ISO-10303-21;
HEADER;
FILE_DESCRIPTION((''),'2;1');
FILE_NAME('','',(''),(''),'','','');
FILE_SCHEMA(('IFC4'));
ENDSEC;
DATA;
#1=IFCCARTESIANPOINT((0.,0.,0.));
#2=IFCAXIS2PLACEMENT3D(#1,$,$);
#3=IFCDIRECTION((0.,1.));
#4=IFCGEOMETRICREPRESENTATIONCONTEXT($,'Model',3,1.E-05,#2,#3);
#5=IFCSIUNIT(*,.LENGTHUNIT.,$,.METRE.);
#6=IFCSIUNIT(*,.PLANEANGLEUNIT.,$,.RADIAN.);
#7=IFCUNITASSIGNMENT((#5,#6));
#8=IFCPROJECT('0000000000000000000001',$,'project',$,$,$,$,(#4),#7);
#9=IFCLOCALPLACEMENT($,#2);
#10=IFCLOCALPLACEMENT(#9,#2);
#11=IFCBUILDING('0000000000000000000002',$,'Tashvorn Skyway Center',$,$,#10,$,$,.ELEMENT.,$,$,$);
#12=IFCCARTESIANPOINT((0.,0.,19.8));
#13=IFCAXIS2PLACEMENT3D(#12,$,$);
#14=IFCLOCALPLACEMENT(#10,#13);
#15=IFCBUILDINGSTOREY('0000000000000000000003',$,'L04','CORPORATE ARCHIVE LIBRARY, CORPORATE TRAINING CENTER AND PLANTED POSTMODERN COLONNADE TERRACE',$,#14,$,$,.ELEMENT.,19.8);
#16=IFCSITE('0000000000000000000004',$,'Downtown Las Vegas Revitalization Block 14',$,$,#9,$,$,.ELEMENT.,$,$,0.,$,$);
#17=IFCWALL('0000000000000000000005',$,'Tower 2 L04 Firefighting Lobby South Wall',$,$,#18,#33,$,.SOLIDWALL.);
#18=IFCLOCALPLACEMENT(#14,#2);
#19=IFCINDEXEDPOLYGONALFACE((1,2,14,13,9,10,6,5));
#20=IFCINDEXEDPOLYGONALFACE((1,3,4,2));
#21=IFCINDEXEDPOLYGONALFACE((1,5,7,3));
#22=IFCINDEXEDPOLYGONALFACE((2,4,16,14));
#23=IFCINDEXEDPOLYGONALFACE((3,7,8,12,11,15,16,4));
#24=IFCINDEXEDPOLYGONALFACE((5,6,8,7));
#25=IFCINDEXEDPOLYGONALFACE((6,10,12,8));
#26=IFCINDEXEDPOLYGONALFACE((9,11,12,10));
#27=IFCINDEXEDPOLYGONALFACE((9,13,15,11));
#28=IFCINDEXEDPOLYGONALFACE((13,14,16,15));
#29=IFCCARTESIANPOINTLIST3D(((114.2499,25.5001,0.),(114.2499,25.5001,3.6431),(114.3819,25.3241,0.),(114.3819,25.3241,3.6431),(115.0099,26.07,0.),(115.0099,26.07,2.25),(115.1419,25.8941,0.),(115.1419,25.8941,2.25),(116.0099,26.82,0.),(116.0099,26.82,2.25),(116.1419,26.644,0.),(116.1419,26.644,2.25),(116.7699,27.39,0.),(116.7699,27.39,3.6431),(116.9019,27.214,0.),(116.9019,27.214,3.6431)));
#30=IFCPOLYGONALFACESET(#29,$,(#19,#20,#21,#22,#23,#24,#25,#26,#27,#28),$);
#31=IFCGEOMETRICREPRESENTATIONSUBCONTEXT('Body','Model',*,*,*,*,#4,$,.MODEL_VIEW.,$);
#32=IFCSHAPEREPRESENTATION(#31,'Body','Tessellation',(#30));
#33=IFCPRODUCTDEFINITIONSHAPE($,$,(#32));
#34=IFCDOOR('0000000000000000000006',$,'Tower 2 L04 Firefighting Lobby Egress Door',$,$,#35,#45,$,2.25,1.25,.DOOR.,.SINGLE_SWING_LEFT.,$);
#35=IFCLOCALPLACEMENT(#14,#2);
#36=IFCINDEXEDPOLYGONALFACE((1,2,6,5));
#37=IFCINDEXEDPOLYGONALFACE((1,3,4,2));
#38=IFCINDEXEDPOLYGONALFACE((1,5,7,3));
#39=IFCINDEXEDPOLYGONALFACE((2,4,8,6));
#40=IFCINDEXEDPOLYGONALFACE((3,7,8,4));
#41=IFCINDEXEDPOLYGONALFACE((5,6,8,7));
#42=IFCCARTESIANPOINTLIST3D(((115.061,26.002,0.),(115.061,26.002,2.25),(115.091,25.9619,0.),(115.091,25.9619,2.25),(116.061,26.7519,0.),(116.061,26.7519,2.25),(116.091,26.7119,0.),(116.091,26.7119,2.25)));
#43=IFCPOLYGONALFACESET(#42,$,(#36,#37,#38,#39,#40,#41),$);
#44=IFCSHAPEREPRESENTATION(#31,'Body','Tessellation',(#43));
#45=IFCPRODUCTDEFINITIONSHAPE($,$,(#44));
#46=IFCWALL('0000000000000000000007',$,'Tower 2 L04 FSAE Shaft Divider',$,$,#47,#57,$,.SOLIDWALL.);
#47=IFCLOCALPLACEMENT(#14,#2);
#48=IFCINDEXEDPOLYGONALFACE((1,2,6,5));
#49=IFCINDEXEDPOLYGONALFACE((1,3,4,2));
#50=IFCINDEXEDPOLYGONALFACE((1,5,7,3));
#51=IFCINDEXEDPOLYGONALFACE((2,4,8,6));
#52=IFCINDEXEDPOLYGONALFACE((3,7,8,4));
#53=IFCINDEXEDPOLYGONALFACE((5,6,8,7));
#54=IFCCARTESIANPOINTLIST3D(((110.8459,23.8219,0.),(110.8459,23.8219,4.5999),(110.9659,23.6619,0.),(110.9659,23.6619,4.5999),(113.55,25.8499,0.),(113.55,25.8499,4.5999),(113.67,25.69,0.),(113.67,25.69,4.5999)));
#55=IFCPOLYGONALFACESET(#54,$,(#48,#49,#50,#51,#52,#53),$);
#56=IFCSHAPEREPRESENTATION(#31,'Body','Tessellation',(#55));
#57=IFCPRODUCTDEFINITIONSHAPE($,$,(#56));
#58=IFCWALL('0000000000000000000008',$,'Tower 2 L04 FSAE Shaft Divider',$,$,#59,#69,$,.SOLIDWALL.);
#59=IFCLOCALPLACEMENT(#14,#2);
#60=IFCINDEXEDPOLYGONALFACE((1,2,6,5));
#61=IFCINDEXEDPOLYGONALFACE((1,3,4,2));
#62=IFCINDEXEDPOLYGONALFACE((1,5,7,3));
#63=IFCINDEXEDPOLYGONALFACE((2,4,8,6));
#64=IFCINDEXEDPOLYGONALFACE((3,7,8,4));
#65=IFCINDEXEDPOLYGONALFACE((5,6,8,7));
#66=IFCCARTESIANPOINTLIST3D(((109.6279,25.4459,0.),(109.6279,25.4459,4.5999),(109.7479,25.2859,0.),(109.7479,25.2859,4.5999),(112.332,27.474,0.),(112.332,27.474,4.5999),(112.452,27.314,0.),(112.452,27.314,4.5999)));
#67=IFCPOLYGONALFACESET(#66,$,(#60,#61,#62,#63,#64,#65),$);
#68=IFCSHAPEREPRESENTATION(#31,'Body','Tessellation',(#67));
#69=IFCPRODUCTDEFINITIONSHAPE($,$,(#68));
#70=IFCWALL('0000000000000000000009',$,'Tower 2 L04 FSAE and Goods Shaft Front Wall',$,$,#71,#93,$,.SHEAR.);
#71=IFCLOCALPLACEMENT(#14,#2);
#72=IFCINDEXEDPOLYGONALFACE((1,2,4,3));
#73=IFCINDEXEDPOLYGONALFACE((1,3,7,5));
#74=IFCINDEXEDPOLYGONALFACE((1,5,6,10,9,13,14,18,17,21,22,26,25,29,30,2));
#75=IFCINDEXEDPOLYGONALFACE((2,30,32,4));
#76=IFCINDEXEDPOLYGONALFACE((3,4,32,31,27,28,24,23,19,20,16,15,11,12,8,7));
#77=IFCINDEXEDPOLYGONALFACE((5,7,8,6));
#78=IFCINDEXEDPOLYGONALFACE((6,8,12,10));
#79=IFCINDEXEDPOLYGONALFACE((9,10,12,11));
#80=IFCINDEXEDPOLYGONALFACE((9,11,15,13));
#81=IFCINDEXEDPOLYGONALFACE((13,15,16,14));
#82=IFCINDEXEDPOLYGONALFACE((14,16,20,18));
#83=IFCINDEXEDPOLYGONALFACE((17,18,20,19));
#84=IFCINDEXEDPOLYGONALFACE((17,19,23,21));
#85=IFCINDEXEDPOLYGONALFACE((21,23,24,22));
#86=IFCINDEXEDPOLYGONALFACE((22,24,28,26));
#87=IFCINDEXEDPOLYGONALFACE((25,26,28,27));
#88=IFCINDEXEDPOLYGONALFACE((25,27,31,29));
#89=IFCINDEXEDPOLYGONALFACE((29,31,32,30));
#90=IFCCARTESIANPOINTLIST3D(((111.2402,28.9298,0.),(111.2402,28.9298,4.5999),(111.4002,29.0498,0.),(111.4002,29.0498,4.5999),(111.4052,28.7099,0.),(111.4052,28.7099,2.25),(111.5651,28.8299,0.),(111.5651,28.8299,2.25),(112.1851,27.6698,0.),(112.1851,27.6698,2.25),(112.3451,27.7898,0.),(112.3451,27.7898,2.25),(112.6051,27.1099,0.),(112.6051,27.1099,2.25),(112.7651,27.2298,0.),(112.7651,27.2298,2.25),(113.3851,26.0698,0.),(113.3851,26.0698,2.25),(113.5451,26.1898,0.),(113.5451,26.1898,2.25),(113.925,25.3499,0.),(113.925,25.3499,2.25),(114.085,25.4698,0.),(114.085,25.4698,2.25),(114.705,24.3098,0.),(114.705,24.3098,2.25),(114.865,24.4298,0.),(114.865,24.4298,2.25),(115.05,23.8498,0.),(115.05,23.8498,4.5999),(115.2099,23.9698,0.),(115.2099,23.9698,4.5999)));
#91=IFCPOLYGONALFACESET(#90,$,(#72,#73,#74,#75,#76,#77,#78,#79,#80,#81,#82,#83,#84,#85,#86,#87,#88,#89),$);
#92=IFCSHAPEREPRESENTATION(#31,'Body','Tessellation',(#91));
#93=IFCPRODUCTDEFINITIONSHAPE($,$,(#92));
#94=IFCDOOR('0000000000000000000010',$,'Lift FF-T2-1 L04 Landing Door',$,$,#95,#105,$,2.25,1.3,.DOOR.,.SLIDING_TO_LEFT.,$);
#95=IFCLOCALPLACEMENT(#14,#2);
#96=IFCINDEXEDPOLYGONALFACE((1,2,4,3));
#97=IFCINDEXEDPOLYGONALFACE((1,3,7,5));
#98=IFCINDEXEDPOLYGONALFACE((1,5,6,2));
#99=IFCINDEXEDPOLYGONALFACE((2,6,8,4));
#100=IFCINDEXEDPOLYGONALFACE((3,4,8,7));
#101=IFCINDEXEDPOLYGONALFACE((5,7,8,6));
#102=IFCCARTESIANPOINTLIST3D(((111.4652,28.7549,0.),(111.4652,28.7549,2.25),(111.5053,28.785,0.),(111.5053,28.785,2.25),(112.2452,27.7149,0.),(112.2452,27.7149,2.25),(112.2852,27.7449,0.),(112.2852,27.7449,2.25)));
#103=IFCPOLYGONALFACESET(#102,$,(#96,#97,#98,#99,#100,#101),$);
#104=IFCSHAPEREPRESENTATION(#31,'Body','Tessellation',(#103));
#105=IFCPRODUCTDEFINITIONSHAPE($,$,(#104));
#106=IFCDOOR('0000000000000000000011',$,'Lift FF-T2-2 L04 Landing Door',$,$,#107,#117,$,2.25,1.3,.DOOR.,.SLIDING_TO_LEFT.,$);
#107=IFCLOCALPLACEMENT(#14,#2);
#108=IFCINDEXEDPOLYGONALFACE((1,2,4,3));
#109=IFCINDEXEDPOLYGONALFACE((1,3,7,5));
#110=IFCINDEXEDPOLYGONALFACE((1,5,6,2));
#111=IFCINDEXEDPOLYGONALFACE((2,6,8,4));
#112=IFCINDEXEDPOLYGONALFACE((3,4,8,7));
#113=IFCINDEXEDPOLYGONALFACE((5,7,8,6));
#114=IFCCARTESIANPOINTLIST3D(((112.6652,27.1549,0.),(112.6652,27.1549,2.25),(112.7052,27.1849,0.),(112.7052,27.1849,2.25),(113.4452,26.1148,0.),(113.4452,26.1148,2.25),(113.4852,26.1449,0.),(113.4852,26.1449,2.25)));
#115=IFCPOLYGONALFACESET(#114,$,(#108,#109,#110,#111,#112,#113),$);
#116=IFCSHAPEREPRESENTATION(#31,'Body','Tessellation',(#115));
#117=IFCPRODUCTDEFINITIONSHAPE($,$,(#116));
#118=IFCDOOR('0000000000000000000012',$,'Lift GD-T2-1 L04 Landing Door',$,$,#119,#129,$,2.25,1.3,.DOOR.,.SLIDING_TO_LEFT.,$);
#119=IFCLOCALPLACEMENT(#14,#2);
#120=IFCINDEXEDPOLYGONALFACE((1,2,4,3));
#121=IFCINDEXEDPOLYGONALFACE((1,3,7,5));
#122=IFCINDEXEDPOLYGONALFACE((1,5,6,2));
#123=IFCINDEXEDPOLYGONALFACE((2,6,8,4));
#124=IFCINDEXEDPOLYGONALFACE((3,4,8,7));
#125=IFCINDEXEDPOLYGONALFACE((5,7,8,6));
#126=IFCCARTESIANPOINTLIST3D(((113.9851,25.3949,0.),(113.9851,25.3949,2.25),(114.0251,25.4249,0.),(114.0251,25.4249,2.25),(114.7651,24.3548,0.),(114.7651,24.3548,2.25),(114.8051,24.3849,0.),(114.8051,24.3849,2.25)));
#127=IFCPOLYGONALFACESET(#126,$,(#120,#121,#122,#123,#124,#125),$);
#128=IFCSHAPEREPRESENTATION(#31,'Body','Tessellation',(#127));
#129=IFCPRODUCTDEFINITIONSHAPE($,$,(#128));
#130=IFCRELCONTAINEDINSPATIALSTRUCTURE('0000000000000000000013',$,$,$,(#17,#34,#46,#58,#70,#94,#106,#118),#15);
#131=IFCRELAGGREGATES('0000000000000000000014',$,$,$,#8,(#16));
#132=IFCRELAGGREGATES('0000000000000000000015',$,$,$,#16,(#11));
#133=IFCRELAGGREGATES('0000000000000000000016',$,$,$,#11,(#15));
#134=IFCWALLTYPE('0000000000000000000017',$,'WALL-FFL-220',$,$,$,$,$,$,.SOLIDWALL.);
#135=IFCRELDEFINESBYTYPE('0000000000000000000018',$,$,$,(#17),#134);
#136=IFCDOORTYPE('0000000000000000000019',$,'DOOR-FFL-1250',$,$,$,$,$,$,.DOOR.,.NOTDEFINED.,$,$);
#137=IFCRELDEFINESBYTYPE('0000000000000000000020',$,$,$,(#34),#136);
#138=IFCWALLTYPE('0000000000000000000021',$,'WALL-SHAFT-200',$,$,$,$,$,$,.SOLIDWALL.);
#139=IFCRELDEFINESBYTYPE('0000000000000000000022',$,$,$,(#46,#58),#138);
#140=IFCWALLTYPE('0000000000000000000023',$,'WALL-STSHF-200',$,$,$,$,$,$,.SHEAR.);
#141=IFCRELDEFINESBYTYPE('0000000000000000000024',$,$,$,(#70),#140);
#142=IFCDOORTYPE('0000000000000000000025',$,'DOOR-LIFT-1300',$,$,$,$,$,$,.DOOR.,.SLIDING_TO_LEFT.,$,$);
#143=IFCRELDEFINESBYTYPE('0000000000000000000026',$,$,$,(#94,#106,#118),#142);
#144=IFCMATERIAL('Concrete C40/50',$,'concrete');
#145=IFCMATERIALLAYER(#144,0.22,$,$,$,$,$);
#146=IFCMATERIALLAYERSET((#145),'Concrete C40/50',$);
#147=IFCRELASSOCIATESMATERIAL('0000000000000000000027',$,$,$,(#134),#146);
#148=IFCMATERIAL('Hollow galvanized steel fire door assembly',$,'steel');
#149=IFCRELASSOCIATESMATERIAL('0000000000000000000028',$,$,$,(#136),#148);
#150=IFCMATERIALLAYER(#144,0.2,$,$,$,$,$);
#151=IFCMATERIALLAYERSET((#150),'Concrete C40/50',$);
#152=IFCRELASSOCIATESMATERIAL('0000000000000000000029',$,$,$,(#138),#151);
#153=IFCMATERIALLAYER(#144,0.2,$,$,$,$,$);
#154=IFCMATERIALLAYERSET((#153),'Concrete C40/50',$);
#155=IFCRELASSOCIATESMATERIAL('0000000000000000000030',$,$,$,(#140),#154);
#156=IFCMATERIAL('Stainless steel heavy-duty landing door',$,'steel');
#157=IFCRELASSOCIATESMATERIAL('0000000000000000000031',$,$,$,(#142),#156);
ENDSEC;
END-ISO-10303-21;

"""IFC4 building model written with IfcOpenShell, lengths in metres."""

from ifc_helpers import new_model, si_unit, direction, frame, frame_2d, origin, place, context, subcontext, project, spatial, rectangle, extrude, material, layer, layer_set, type_object, element, fill, save


model = new_model("IFC4")

# Units and contexts
model_context = context("Model", 3, precision=1e-05, world=origin(), true_north=direction((0.0, 1.0)))
body_context = subcontext(model_context, "Body", "Model", "MODEL_VIEW")
ifc_project = project(units=[si_unit("LENGTHUNIT", "METRE"), si_unit("PLANEANGLEUNIT", "RADIAN")], contexts=[model_context])

# Site, building, storey
site_placement = place(None, origin())
site = spatial("IfcSite", under=ifc_project, at=site_placement, Name="Downtown Las Vegas Revitalization Block 14", CompositionType="ELEMENT", RefElevation=0.0)
building_placement = place(site_placement, origin())
building = spatial("IfcBuilding", under=site, at=building_placement, Name="Tashvorn Skyway Center", CompositionType="ELEMENT")
storey_placement = place(building_placement, frame((0.0, 0.0, 19.8)))
storey = spatial("IfcBuildingStorey", under=building, at=storey_placement, Name="L04", Description="CORPORATE ARCHIVE LIBRARY, CORPORATE TRAINING CENTER AND PLANTED POSTMODERN COLONNADE TERRACE", CompositionType="ELEMENT", Elevation=19.8)

# Wall, opening, door
ifc_material_1 = material(Name="Concrete C40/50", Category="concrete")
ifc_layer_1 = layer(ifc_material_1, 0.22)
ifc_layer_set_1 = layer_set([ifc_layer_1], Name="Concrete C40/50")
wall_type_1 = type_object("IfcWallType", Name="WALL-FFL-220", PredefinedType="SOLIDWALL", material=ifc_layer_set_1)
wall_1_placement = place(storey_placement, frame((114.3159, 25.4121, 0.0), z_axis=(0.0, 0.0, 1.0), x_axis=(0.800019, 0.599975, 0.0)))
wall_1 = element("IfcWall", 1, at=wall_1_placement, inside=storey, type_object=wall_type_1, Name="Tower 2 L04 Firefighting Lobby South Wall", PredefinedType="SOLIDWALL", context=body_context, shape_type="SweptSolid", body=[
    extrude(rectangle(XDim=3.1499, YDim=0.22, at=frame_2d((1.575, 0.0))), origin(), (0.0, 0.0, 1.0), 3.6431),
])
opening_1_placement = place(wall_1_placement, frame((0.95, 0.0, 0.0)))
opening_1 = element("IfcOpeningElement", 2, at=opening_1_placement, cuts=wall_1, PredefinedType="OPENING", context=body_context, shape_type="SweptSolid", body=[
    extrude(rectangle(XDim=1.25, YDim=2.25, at=frame_2d((0.625, 1.125))), frame((0.0, 0.1199, 0.0), z_axis=(0.0, -1.0, 0.0), x_axis=(1.0, 0.0, 0.0)), (0.0, 0.0, 1.0), 0.24),
])
ifc_material_2 = material(Name="Hollow galvanized steel fire door assembly", Category="steel")
door_type_1 = type_object("IfcDoorType", Name="DOOR-FFL-1250", OperationType="NOTDEFINED", PredefinedType="DOOR", material=ifc_material_2)
door_1_placement = place(opening_1_placement, origin())
door_1 = element("IfcDoor", 3, at=door_1_placement, inside=storey, type_object=door_type_1, Name="Tower 2 L04 Firefighting Lobby Egress Door", OperationType="SINGLE_SWING_LEFT", OverallHeight=2.25, OverallWidth=1.25, PredefinedType="DOOR", context=body_context, shape_type="SweptSolid", body=[
    extrude(rectangle(XDim=1.25, YDim=2.25, at=frame_2d((0.625, 1.125))), frame((0.0, 0.0249, 0.0), z_axis=(0.0, -1.0, 0.0), x_axis=(1.0, 0.0, 0.0)), (0.0, 0.0, 1.0), 0.05),
])
fill(opening_1, door_1)

# Walls
ifc_layer_2 = layer(ifc_material_1, 0.2)
ifc_layer_set_2 = layer_set([ifc_layer_2], Name="Concrete C40/50")
wall_type_2 = type_object("IfcWallType", Name="WALL-SHAFT-200", PredefinedType="SOLIDWALL", material=ifc_layer_set_2)
for number, where, z_axis, x_axis, name in (
    (4, (110.906, 23.7419, 0.0), (0.0, 0.0, 1.0), (0.8, 0.6, 0.0), "Tower 2 L04 FSAE Shaft Divider"),
    (5, (109.688, 25.366, 0.0), (0.0, 0.0, 1.0), (0.8, 0.6, 0.0), "Tower 2 L04 FSAE Shaft Divider"),
):
    element("IfcWall", number, at=place(storey_placement, frame(where, z_axis=z_axis, x_axis=x_axis)), inside=storey, type_object=wall_type_2, Name=name, PredefinedType="SOLIDWALL", context=body_context, shape_type="SweptSolid", body=[
        extrude(rectangle(XDim=3.3801, YDim=0.2, at=frame_2d((1.6899, 0.0))), origin(), (0.0, 0.0, 1.0), 4.5999),
    ])

# Wall, openings, doors
ifc_layer_3 = layer(ifc_material_1, 0.2)
ifc_layer_set_3 = layer_set([ifc_layer_3], Name="Concrete C40/50")
wall_type_3 = type_object("IfcWallType", Name="WALL-STSHF-200", PredefinedType="SHEAR", material=ifc_layer_set_3)
wall_2_placement = place(storey_placement, frame((115.1299, 23.9099, 0.0), z_axis=(0.0, 0.0, 1.0), x_axis=(-0.599975, 0.800018, 0.0)))
wall_2 = element("IfcWall", 6, at=wall_2_placement, inside=storey, type_object=wall_type_3, Name="Tower 2 L04 FSAE and Goods Shaft Front Wall", PredefinedType="SHEAR", context=body_context, shape_type="SweptSolid", body=[
    extrude(rectangle(XDim=6.3499, YDim=0.2, at=frame_2d((3.1748, 0.0))), origin(), (0.0, 0.0, 1.0), 4.5999),
])
opening_2_placement = place(wall_2_placement, frame((4.7749, 0.0, 0.0)))
opening_2 = element("IfcOpeningElement", 7, at=opening_2_placement, cuts=wall_2, PredefinedType="OPENING", context=body_context, shape_type="SweptSolid", body=[
    extrude(rectangle(XDim=1.3, YDim=2.25, at=frame_2d((0.6499, 1.125))), frame((0.0, 0.1099, 0.0), z_axis=(0.0, -1.0, 0.0), x_axis=(1.0, 0.0, 0.0)), (0.0, 0.0, 1.0), 0.22),
])
opening_3_placement = place(wall_2_placement, frame((2.7749, 0.0, 0.0)))
opening_3 = element("IfcOpeningElement", 8, at=opening_3_placement, cuts=wall_2, PredefinedType="OPENING", context=body_context, shape_type="SweptSolid", body=[
    extrude(rectangle(XDim=1.3, YDim=2.25, at=frame_2d((0.6499, 1.125))), frame((0.0, 0.1099, 0.0), z_axis=(0.0, -1.0, 0.0), x_axis=(1.0, 0.0, 0.0)), (0.0, 0.0, 1.0), 0.22),
])
opening_4_placement = place(wall_2_placement, frame((0.575, 0.0, 0.0)))
opening_4 = element("IfcOpeningElement", 9, at=opening_4_placement, cuts=wall_2, PredefinedType="OPENING", context=body_context, shape_type="SweptSolid", body=[
    extrude(rectangle(XDim=1.3, YDim=2.25, at=frame_2d((0.6499, 1.125))), frame((0.0, 0.1099, 0.0), z_axis=(0.0, -1.0, 0.0), x_axis=(1.0, 0.0, 0.0)), (0.0, 0.0, 1.0), 0.22),
])
ifc_material_3 = material(Name="Stainless steel heavy-duty landing door", Category="steel")
door_type_2 = type_object("IfcDoorType", Name="DOOR-LIFT-1300", OperationType="SLIDING_TO_LEFT", PredefinedType="DOOR", material=ifc_material_3)
door_2_placement = place(opening_2_placement, origin())
door_2 = element("IfcDoor", 10, at=door_2_placement, inside=storey, type_object=door_type_2, Name="Lift FF-T2-1 L04 Landing Door", OperationType="SLIDING_TO_LEFT", OverallHeight=2.25, OverallWidth=1.3, PredefinedType="DOOR", context=body_context, shape_type="SweptSolid", body=[
    extrude(rectangle(XDim=1.3, YDim=2.25, at=frame_2d((0.6499, 1.125))), frame((0.0, 0.0249, 0.0), z_axis=(0.0, -1.0, 0.0), x_axis=(1.0, 0.0, 0.0)), (0.0, 0.0, 1.0), 0.05),
])
fill(opening_2, door_2)
door_3_placement = place(opening_3_placement, origin())
door_3 = element("IfcDoor", 11, at=door_3_placement, inside=storey, type_object=door_type_2, Name="Lift FF-T2-2 L04 Landing Door", OperationType="SLIDING_TO_LEFT", OverallHeight=2.25, OverallWidth=1.3, PredefinedType="DOOR", context=body_context, shape_type="SweptSolid", body=[
    extrude(rectangle(XDim=1.3, YDim=2.25, at=frame_2d((0.6499, 1.125))), frame((0.0, 0.0249, 0.0), z_axis=(0.0, -1.0, 0.0), x_axis=(1.0, 0.0, 0.0)), (0.0, 0.0, 1.0), 0.05),
])
fill(opening_3, door_3)
door_4_placement = place(opening_4_placement, origin())
door_4 = element("IfcDoor", 12, at=door_4_placement, inside=storey, type_object=door_type_2, Name="Lift GD-T2-1 L04 Landing Door", OperationType="SLIDING_TO_LEFT", OverallHeight=2.25, OverallWidth=1.3, PredefinedType="DOOR", context=body_context, shape_type="SweptSolid", body=[
    extrude(rectangle(XDim=1.3, YDim=2.25, at=frame_2d((0.6499, 1.125))), frame((0.0, 0.0249, 0.0), z_axis=(0.0, -1.0, 0.0), x_axis=(1.0, 0.0, 0.0)), (0.0, 0.0, 1.0), 0.05),
])
fill(opening_4, door_4)

save(model, "model.ifc")
